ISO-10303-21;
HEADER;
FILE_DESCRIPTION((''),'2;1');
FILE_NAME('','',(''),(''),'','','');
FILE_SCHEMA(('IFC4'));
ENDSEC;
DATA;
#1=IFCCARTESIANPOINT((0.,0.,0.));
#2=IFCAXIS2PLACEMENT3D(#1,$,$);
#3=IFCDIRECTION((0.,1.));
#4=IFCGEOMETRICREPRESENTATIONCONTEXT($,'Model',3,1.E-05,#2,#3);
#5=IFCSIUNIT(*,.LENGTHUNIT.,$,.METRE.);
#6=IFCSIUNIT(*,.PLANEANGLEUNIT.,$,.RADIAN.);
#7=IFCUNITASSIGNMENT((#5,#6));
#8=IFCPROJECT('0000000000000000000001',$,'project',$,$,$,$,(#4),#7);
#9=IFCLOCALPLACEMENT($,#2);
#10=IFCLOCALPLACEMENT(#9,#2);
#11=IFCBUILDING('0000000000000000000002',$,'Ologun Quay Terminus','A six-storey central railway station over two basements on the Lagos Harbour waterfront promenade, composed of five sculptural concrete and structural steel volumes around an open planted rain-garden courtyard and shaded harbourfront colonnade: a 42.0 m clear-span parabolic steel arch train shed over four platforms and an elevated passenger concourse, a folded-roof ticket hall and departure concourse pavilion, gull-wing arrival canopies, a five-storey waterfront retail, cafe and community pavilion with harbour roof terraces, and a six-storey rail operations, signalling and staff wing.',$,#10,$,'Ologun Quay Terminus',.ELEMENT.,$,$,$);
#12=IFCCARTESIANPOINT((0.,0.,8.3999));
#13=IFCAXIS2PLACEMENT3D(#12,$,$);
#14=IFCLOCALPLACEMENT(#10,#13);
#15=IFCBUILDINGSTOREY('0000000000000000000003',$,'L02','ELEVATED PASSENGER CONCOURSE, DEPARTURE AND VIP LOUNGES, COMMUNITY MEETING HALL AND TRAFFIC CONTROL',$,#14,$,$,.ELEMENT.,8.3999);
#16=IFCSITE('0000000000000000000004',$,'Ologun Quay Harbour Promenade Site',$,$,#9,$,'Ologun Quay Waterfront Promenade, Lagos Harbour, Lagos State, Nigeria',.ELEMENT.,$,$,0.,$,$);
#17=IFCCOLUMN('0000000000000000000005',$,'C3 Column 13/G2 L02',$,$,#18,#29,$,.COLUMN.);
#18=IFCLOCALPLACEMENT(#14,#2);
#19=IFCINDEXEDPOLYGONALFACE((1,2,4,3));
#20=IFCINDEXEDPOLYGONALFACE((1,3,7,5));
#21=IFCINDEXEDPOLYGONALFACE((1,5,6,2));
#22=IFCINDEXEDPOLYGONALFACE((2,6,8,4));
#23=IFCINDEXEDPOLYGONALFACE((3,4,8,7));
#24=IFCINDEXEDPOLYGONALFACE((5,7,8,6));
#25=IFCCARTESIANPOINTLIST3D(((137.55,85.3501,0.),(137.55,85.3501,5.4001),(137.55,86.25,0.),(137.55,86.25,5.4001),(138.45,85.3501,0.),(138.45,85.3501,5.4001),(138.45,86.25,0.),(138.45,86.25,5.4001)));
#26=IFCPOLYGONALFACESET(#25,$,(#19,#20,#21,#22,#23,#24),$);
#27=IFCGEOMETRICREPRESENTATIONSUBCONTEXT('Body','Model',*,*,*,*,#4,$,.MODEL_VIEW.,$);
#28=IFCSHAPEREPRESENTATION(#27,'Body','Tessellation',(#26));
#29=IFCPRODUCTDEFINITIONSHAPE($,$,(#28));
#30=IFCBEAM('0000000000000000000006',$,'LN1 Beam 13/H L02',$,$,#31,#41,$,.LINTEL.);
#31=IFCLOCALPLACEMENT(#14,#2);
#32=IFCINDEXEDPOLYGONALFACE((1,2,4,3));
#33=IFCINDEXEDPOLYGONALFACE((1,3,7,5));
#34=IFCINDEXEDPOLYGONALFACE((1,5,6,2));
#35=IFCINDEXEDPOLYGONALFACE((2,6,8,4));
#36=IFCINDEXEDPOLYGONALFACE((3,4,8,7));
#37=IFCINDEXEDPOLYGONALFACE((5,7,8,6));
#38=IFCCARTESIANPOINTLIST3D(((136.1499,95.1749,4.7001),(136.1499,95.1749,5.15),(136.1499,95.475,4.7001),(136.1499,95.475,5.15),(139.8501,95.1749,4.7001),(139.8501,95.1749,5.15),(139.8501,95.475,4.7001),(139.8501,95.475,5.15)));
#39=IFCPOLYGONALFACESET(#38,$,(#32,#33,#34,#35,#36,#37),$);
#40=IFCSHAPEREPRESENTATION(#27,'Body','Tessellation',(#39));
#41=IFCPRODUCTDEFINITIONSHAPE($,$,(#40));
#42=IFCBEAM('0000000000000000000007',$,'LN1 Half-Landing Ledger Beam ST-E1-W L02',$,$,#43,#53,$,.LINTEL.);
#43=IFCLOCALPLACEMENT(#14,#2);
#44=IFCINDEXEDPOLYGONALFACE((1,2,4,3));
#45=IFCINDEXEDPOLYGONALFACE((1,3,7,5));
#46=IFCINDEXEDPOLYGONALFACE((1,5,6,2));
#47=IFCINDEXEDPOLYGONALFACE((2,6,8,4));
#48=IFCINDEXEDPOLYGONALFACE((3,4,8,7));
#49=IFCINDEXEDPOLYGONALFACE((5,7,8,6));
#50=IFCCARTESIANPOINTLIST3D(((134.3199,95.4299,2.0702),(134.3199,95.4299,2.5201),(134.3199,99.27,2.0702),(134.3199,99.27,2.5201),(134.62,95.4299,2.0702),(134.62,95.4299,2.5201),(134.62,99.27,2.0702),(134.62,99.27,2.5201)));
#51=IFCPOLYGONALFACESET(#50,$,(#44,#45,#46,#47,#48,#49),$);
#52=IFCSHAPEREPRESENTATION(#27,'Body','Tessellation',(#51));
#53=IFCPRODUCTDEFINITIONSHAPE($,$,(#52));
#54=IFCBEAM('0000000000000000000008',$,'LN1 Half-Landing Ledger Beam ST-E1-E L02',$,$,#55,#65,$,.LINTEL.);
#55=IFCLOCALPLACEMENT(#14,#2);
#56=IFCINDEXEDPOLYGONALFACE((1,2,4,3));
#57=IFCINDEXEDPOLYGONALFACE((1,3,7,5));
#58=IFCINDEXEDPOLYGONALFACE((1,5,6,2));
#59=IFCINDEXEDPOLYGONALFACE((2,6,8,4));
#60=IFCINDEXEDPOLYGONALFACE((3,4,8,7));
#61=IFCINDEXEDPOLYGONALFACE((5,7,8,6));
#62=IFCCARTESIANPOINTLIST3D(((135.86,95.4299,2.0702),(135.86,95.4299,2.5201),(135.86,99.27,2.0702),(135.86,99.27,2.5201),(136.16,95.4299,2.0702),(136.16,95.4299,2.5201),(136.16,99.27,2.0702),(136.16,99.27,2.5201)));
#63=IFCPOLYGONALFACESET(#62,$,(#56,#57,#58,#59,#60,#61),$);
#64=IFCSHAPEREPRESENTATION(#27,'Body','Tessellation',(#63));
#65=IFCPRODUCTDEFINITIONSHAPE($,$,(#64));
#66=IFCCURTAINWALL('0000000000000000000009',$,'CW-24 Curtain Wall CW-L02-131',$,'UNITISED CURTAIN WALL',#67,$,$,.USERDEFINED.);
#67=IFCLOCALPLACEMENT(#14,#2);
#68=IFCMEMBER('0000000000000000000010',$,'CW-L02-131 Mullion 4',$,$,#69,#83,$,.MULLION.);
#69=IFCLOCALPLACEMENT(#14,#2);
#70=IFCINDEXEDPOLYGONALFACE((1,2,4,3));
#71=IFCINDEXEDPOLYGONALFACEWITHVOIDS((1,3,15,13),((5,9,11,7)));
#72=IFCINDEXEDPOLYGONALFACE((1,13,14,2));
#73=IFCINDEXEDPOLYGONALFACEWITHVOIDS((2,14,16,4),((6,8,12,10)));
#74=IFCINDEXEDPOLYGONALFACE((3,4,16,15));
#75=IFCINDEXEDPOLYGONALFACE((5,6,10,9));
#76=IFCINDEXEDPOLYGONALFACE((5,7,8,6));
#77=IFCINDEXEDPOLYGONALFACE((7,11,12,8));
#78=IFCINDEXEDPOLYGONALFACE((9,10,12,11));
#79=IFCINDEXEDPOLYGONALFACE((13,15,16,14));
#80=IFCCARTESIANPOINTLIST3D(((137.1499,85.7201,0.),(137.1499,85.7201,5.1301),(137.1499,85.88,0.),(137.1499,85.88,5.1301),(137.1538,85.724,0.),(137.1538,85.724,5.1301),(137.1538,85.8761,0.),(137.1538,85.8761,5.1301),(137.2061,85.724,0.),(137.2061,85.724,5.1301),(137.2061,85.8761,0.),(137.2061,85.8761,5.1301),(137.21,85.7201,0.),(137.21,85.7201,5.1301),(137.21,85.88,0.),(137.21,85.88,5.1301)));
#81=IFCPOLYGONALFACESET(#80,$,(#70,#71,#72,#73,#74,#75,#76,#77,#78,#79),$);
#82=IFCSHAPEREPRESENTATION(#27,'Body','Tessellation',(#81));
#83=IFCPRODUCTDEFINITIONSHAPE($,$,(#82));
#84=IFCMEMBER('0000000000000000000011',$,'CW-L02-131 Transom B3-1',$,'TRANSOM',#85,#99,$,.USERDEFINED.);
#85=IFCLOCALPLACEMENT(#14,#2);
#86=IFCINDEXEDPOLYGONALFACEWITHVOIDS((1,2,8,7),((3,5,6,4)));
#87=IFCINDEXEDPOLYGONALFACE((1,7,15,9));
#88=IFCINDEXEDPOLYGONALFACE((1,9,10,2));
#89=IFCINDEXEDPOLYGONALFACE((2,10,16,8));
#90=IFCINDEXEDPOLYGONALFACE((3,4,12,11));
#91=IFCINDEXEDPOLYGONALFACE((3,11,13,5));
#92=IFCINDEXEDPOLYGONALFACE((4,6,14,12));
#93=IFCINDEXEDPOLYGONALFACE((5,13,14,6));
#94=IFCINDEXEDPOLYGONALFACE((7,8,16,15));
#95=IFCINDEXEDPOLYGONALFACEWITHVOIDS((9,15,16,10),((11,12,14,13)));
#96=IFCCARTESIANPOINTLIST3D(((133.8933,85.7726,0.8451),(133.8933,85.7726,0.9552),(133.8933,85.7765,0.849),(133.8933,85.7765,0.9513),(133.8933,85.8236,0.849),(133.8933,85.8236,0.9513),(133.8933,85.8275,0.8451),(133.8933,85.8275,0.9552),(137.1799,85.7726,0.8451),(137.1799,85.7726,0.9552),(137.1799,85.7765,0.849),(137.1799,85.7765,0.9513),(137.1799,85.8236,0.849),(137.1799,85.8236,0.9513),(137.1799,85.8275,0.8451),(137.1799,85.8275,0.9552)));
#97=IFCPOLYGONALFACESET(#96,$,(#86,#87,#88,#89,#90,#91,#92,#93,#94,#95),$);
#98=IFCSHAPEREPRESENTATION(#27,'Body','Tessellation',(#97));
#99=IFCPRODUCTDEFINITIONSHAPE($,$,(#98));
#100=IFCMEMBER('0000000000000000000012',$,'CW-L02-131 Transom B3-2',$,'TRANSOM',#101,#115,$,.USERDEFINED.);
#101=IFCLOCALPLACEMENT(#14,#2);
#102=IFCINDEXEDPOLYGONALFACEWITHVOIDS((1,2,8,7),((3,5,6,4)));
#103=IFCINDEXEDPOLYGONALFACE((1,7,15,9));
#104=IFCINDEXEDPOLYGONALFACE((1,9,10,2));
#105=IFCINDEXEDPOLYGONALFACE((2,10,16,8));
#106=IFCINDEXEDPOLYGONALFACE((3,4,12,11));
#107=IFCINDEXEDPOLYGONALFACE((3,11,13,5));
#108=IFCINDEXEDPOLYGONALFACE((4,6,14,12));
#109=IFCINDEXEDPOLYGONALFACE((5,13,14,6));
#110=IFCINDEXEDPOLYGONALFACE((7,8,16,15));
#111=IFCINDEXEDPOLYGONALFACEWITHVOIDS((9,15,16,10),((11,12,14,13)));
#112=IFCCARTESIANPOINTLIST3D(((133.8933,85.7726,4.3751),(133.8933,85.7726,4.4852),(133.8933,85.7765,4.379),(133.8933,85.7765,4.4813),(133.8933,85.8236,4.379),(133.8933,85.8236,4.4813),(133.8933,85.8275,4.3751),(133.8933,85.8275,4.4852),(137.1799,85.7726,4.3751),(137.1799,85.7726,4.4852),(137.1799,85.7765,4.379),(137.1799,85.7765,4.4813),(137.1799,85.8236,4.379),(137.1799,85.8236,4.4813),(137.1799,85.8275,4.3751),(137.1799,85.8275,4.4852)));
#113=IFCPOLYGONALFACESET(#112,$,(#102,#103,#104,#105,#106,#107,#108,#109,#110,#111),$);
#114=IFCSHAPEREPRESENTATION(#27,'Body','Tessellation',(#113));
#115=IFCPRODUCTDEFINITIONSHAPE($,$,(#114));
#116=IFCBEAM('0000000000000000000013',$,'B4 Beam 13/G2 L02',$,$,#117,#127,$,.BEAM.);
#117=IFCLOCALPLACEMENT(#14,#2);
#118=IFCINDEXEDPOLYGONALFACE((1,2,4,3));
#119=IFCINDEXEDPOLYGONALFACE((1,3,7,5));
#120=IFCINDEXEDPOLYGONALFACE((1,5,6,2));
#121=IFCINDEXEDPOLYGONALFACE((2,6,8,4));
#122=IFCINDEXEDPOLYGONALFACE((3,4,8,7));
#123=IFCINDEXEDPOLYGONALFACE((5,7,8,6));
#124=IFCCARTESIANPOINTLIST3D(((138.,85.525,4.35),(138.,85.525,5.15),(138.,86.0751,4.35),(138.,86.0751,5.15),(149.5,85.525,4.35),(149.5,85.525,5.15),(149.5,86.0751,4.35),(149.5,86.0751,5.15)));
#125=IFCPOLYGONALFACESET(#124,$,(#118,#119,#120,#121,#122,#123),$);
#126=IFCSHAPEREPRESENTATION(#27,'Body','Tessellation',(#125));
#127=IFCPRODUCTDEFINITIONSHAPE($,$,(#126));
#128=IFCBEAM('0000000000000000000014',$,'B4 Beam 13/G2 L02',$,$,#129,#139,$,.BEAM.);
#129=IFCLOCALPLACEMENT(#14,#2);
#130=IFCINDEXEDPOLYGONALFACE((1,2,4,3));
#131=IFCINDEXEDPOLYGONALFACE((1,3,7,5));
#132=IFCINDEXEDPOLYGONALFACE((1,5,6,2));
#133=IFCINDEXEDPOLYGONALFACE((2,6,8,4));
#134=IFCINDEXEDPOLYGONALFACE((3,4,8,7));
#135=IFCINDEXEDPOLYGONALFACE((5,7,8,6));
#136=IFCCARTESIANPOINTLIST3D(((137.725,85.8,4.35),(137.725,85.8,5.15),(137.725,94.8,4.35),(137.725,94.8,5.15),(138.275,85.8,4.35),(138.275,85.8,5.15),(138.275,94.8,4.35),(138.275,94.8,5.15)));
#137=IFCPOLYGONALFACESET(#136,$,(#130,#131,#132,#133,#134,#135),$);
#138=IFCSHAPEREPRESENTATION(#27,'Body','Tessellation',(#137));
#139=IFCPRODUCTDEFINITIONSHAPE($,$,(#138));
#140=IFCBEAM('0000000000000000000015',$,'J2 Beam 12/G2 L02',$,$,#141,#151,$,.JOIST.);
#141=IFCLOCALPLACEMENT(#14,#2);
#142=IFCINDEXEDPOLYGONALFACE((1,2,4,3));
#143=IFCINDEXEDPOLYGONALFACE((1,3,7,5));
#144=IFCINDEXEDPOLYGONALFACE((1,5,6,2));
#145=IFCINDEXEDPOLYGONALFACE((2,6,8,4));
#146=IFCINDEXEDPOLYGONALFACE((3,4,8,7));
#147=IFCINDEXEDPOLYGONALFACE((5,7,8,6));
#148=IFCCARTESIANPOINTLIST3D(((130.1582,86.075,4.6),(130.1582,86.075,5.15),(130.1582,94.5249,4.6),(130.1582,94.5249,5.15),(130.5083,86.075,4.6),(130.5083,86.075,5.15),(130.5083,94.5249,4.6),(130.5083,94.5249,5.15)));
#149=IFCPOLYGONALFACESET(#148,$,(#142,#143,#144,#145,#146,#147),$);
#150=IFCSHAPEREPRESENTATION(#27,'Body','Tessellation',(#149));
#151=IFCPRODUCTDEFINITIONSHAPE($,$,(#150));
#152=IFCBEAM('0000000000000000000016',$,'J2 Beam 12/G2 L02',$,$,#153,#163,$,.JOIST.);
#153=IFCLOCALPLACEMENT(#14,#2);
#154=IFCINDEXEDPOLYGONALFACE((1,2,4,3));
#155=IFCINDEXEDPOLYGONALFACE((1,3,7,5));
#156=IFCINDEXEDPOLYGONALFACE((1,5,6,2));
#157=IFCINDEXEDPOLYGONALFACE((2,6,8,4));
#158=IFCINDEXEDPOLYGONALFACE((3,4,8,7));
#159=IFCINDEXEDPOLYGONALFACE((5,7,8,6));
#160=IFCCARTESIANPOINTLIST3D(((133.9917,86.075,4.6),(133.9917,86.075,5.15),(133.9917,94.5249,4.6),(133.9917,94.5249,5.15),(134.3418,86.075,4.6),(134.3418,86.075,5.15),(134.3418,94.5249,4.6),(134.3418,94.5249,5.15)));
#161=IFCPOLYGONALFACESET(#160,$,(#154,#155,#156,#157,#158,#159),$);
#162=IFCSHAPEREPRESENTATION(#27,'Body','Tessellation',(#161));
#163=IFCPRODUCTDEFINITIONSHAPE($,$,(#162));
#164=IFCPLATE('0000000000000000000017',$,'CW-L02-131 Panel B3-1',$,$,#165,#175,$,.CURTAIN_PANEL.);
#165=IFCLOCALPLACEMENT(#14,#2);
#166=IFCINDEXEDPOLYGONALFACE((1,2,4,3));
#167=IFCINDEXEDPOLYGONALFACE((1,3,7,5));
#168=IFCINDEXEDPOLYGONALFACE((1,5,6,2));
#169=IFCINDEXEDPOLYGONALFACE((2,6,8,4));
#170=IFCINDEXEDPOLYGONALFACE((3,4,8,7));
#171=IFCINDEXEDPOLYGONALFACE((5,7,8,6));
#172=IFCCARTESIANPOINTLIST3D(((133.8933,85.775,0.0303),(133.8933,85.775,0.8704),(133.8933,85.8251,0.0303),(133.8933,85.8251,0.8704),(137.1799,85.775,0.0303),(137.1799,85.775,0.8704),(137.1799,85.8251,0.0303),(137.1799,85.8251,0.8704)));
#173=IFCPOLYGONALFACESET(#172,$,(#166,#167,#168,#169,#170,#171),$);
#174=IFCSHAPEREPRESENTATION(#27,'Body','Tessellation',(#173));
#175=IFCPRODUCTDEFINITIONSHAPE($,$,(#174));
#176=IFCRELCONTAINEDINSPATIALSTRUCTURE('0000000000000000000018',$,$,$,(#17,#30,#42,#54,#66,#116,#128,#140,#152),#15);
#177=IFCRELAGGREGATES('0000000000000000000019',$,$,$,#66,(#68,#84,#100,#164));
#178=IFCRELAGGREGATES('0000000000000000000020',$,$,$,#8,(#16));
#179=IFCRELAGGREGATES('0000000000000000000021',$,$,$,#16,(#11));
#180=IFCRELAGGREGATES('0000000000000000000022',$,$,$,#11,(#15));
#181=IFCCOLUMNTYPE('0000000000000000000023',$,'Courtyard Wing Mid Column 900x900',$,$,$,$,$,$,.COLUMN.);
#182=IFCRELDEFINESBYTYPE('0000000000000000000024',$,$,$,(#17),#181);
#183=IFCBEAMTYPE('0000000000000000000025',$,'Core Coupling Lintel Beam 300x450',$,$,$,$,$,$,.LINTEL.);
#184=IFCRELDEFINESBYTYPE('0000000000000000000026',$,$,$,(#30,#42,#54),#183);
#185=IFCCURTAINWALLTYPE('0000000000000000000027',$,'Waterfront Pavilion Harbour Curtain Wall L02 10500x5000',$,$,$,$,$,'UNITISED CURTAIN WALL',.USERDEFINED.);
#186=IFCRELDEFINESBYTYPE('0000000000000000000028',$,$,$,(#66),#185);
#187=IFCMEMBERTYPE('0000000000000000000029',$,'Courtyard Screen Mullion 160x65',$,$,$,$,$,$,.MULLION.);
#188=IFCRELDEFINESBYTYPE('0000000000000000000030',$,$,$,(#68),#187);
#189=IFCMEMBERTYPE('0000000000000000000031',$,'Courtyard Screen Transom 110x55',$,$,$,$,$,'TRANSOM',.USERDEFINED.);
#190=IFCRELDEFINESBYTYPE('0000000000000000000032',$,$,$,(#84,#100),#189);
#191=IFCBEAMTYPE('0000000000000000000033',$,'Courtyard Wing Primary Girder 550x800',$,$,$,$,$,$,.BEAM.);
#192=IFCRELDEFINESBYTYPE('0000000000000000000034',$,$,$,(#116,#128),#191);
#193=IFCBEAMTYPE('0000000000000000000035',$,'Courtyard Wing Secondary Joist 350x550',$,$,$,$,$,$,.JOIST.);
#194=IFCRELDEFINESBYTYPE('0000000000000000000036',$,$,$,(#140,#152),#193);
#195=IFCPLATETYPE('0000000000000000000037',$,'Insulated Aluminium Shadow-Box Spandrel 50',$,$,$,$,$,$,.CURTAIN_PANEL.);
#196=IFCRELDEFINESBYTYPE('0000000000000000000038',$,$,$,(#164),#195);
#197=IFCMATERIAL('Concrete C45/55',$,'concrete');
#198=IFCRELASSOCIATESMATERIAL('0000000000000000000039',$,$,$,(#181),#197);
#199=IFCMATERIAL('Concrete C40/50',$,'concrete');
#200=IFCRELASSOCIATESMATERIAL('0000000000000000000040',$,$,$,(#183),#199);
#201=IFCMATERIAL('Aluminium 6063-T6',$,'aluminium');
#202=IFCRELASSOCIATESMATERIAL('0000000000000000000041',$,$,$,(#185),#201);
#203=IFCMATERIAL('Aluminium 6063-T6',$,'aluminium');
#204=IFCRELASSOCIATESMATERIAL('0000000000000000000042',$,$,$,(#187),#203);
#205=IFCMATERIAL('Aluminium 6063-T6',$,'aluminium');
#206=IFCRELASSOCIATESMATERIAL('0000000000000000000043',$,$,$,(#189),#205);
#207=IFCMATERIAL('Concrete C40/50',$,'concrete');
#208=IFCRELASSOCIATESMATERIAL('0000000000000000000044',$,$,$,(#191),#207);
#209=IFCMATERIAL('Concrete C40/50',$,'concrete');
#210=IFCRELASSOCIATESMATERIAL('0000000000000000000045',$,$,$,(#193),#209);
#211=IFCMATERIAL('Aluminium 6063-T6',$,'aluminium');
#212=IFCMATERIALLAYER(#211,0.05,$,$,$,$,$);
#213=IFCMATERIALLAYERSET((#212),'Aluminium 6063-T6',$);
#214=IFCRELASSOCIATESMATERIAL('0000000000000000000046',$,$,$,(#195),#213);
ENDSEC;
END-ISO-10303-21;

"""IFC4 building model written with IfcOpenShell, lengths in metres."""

from ifc_helpers import new_model, si_unit, direction, frame, origin, origin_2d, place, context, subcontext, project, spatial, rectangle, hollow_rectangle, extrude, material, layer, layer_set, material_profile, profile_set, type_object, element, aggregate, save


model = new_model("IFC4")

# Units and contexts
model_context = context("Model", 3, precision=1e-05, world=origin(), true_north=direction((0.0, 1.0)))
body_context = subcontext(model_context, "Body", "Model", "MODEL_VIEW")
ifc_project = project(units=[si_unit("LENGTHUNIT", "METRE"), si_unit("PLANEANGLEUNIT", "RADIAN")], contexts=[model_context])

# Site, building, storey
site_placement = place(None, origin())
site = spatial("IfcSite", under=ifc_project, at=site_placement, Name="Ologun Quay Harbour Promenade Site", LongName="Ologun Quay Waterfront Promenade, Lagos Harbour, Lagos State, Nigeria", CompositionType="ELEMENT", RefElevation=0.0)
building_placement = place(site_placement, origin())
building = spatial("IfcBuilding", under=site, at=building_placement, Name="Ologun Quay Terminus", Description="A six-storey central railway station over two basements on the Lagos Harbour waterfront promenade, composed of five sculptural concrete and structural steel volumes around an open planted rain-garden courtyard and shaded harbourfront colonnade: a 42.0 m clear-span parabolic steel arch train shed over four platforms and an elevated passenger concourse, a folded-roof ticket hall and departure concourse pavilion, gull-wing arrival canopies, a five-storey waterfront retail, cafe and community pavilion with harbour roof terraces, and a six-storey rail operations, signalling and staff wing.", LongName="Ologun Quay Terminus", CompositionType="ELEMENT")
storey_placement = place(building_placement, frame((0.0, 0.0, 8.3999)))
storey = spatial("IfcBuildingStorey", under=building, at=storey_placement, Name="L02", Description="ELEVATED PASSENGER CONCOURSE, DEPARTURE AND VIP LOUNGES, COMMUNITY MEETING HALL AND TRAFFIC CONTROL", CompositionType="ELEMENT", Elevation=8.3999)

# Column
ifc_material_1 = material(Name="Concrete C45/55", Category="concrete")
ifc_material_profile_1 = material_profile(ifc_material_1, rectangle(XDim=0.8999, YDim=0.8999, at=origin_2d()), Name="RC 900x900")
ifc_profile_set_1 = profile_set([ifc_material_profile_1], Name="Concrete C45/55")
column_type = type_object("IfcColumnType", Name="Courtyard Wing Mid Column 900x900", PredefinedType="COLUMN", material=ifc_profile_set_1)
column_placement = place(storey_placement, frame((138.0, 85.8, 0.0), z_axis=(0.0, 0.0, 1.0), x_axis=(1.0, 0.0, 0.0)))
element("IfcColumn", 1, at=column_placement, inside=storey, type_object=column_type, Name="C3 Column 13/G2 L02", PredefinedType="COLUMN", context=body_context, shape_type="SweptSolid", body=[
    extrude(rectangle(XDim=0.8999, YDim=0.8999, at=origin_2d()), origin(), (0.0, 0.0, 1.0), 5.4001),
])

# Beams
ifc_material_2 = material(Name="Concrete C40/50", Category="concrete")
ifc_material_profile_2 = material_profile(ifc_material_2, rectangle(XDim=0.3, YDim=0.45, at=origin_2d()), Name="RC 300x450")
ifc_profile_set_2 = profile_set([ifc_material_profile_2], Name="Concrete C40/50")
beam_type_1 = type_object("IfcBeamType", Name="Core Coupling Lintel Beam 300x450", PredefinedType="LINTEL", material=ifc_profile_set_2)
beam_1_placement = place(storey_placement, frame((136.1499, 95.325, 4.925), z_axis=(1.0, 0.0, 0.0), x_axis=(0.0, 1.0, 0.0)))
element("IfcBeam", 2, at=beam_1_placement, inside=storey, type_object=beam_type_1, Name="LN1 Beam 13/H L02", PredefinedType="LINTEL", context=body_context, shape_type="SweptSolid", body=[
    extrude(rectangle(XDim=0.3, YDim=0.45, at=origin_2d()), origin(), (0.0, 0.0, 1.0), 3.7002),
])
for number, where, z_axis, x_axis, name in (
    (3, (134.47, 95.4299, 2.2952), (0.0, 1.0, 0.0), (-1.0, 0.0, 0.0), "LN1 Half-Landing Ledger Beam ST-E1-W L02"),
    (4, (136.01, 95.4299, 2.2952), (0.0, 1.0, 0.0), (-1.0, 0.0, 0.0), "LN1 Half-Landing Ledger Beam ST-E1-E L02"),
):
    element("IfcBeam", number, at=place(storey_placement, frame(where, z_axis=z_axis, x_axis=x_axis)), inside=storey, type_object=beam_type_1, Name=name, PredefinedType="LINTEL", context=body_context, shape_type="SweptSolid", body=[
        extrude(rectangle(XDim=0.3, YDim=0.45, at=origin_2d()), origin(), (0.0, 0.0, 1.0), 3.8401),
    ])

# Curtain wall, members
ifc_material_3 = material(Name="Aluminium 6063-T6", Category="aluminium")
curtain_wall_type = type_object("IfcCurtainWallType", Name="Waterfront Pavilion Harbour Curtain Wall L02 10500x5000", ElementType="UNITISED CURTAIN WALL", PredefinedType="USERDEFINED", material=ifc_material_3)
curtain_wall_placement = place(storey_placement, origin())
curtain_wall = element("IfcCurtainWall", 5, at=curtain_wall_placement, inside=storey, type_object=curtain_wall_type, Name="CW-24 Curtain Wall CW-L02-131", ObjectType="UNITISED CURTAIN WALL", PredefinedType="USERDEFINED")
ifc_material_4 = material(Name="Aluminium 6063-T6", Category="aluminium")
ifc_material_profile_3 = material_profile(ifc_material_4, hollow_rectangle(XDim=0.0601, YDim=0.1599, WallThickness=0.0039, at=origin_2d()), Name="ALU 160x60x4")
ifc_profile_set_3 = profile_set([ifc_material_profile_3], Name="Aluminium 6063-T6")
member_type_1 = type_object("IfcMemberType", Name="Courtyard Screen Mullion 160x65", PredefinedType="MULLION", material=ifc_profile_set_3)
member_1_placement = place(storey_placement, frame((137.1799, 85.8, 0.0), z_axis=(0.0, 0.0, 1.0), x_axis=(1.0, 0.0, 0.0)))
member_1 = element("IfcMember", 6, at=member_1_placement, type_object=member_type_1, Name="CW-L02-131 Mullion 4", PredefinedType="MULLION", context=body_context, shape_type="SweptSolid", body=[
    extrude(hollow_rectangle(XDim=0.0601, YDim=0.1599, WallThickness=0.0039, at=origin_2d()), origin(), (0.0, 0.0, 1.0), 5.1301),
])
ifc_material_5 = material(Name="Aluminium 6063-T6", Category="aluminium")
ifc_material_profile_4 = material_profile(ifc_material_5, hollow_rectangle(XDim=0.0549, YDim=0.1101, WallThickness=0.0039, at=origin_2d()), Name="ALU 110x55x4")
ifc_profile_set_4 = profile_set([ifc_material_profile_4], Name="Aluminium 6063-T6")
member_type_2 = type_object("IfcMemberType", Name="Courtyard Screen Transom 110x55", ElementType="TRANSOM", PredefinedType="USERDEFINED", material=ifc_profile_set_4)
member_2_placement = place(storey_placement, frame((133.8933, 85.8, 0.9001), z_axis=(1.0, 0.0, 0.0), x_axis=(0.0, 1.0, 0.0)))
member_2 = element("IfcMember", 7, at=member_2_placement, type_object=member_type_2, Name="CW-L02-131 Transom B3-1", ObjectType="TRANSOM", PredefinedType="USERDEFINED", context=body_context, shape_type="SweptSolid", body=[
    extrude(hollow_rectangle(XDim=0.0549, YDim=0.1101, WallThickness=0.0039, at=origin_2d()), origin(), (0.0, 0.0, 1.0), 3.2866),
])
member_3_placement = place(storey_placement, frame((133.8933, 85.8, 4.4302), z_axis=(1.0, 0.0, 0.0), x_axis=(0.0, 1.0, 0.0)))
member_3 = element("IfcMember", 8, at=member_3_placement, type_object=member_type_2, Name="CW-L02-131 Transom B3-2", ObjectType="TRANSOM", PredefinedType="USERDEFINED", context=body_context, shape_type="SweptSolid", body=[
    extrude(hollow_rectangle(XDim=0.0549, YDim=0.1101, WallThickness=0.0039, at=origin_2d()), origin(), (0.0, 0.0, 1.0), 3.2866),
])

# Beams
ifc_material_6 = material(Name="Concrete C40/50", Category="concrete")
ifc_material_profile_5 = material_profile(ifc_material_6, rectangle(XDim=0.55, YDim=0.8, at=origin_2d()), Name="RC 550x800")
ifc_profile_set_5 = profile_set([ifc_material_profile_5], Name="Concrete C40/50")
beam_type_2 = type_object("IfcBeamType", Name="Courtyard Wing Primary Girder 550x800", PredefinedType="BEAM", material=ifc_profile_set_5)
beam_2_placement = place(storey_placement, frame((138.0, 85.8, 4.75), z_axis=(1.0, 0.0, 0.0), x_axis=(0.0, 1.0, 0.0)))
element("IfcBeam", 9, at=beam_2_placement, inside=storey, type_object=beam_type_2, Name="B4 Beam 13/G2 L02", PredefinedType="BEAM", context=body_context, shape_type="SweptSolid", body=[
    extrude(rectangle(XDim=0.55, YDim=0.8, at=origin_2d()), origin(), (0.0, 0.0, 1.0), 11.5),
])
beam_3_placement = place(storey_placement, frame((138.0, 85.8, 4.75), z_axis=(0.0, 1.0, 0.0), x_axis=(-1.0, 0.0, 0.0)))
element("IfcBeam", 10, at=beam_3_placement, inside=storey, type_object=beam_type_2, Name="B4 Beam 13/G2 L02", PredefinedType="BEAM", context=body_context, shape_type="SweptSolid", body=[
    extrude(rectangle(XDim=0.55, YDim=0.8, at=origin_2d()), origin(), (0.0, 0.0, 1.0), 9.0),
])
ifc_material_7 = material(Name="Concrete C40/50", Category="concrete")
ifc_material_profile_6 = material_profile(ifc_material_7, rectangle(XDim=0.3501, YDim=0.55, at=origin_2d()), Name="RC 350x550")
ifc_profile_set_6 = profile_set([ifc_material_profile_6], Name="Concrete C40/50")
beam_type_3 = type_object("IfcBeamType", Name="Courtyard Wing Secondary Joist 350x550", PredefinedType="JOIST", material=ifc_profile_set_6)
for number, where, z_axis, x_axis, name in (
    (11, (130.3333, 86.075, 4.875), (0.0, 1.0, 0.0), (-1.0, 0.0, 0.0), "J2 Beam 12/G2 L02"),
    (12, (134.1667, 86.075, 4.875), (0.0, 1.0, 0.0), (-1.0, 0.0, 0.0), "J2 Beam 12/G2 L02"),
):
    element("IfcBeam", number, at=place(storey_placement, frame(where, z_axis=z_axis, x_axis=x_axis)), inside=storey, type_object=beam_type_3, Name=name, PredefinedType="JOIST", context=body_context, shape_type="SweptSolid", body=[
        extrude(rectangle(XDim=0.3501, YDim=0.55, at=origin_2d()), origin(), (0.0, 0.0, 1.0), 8.45),
    ])

# Plate
ifc_material_8 = material(Name="Aluminium 6063-T6", Category="aluminium")
ifc_layer_1 = layer(ifc_material_8, 0.05)
ifc_layer_set_1 = layer_set([ifc_layer_1], Name="Aluminium 6063-T6")
plate_type_1 = type_object("IfcPlateType", Name="Insulated Aluminium Shadow-Box Spandrel 50", PredefinedType="CURTAIN_PANEL", material=ifc_layer_set_1)
plate_1_placement = place(storey_placement, frame((135.5366, 85.8, 0.0303), z_axis=(0.0, 0.0, 1.0), x_axis=(1.0, 0.0, 0.0)))
plate_1 = element("IfcPlate", 13, at=plate_1_placement, type_object=plate_type_1, Name="CW-L02-131 Panel B3-1", PredefinedType="CURTAIN_PANEL", context=body_context, shape_type="SweptSolid", body=[
    extrude(rectangle(XDim=3.2866, YDim=0.05, at=origin_2d()), origin(), (0.0, 0.0, 1.0), 0.8401),
])
aggregate(curtain_wall, [member_1, member_2, member_3, plate_1])

save(model, "model.ifc")
